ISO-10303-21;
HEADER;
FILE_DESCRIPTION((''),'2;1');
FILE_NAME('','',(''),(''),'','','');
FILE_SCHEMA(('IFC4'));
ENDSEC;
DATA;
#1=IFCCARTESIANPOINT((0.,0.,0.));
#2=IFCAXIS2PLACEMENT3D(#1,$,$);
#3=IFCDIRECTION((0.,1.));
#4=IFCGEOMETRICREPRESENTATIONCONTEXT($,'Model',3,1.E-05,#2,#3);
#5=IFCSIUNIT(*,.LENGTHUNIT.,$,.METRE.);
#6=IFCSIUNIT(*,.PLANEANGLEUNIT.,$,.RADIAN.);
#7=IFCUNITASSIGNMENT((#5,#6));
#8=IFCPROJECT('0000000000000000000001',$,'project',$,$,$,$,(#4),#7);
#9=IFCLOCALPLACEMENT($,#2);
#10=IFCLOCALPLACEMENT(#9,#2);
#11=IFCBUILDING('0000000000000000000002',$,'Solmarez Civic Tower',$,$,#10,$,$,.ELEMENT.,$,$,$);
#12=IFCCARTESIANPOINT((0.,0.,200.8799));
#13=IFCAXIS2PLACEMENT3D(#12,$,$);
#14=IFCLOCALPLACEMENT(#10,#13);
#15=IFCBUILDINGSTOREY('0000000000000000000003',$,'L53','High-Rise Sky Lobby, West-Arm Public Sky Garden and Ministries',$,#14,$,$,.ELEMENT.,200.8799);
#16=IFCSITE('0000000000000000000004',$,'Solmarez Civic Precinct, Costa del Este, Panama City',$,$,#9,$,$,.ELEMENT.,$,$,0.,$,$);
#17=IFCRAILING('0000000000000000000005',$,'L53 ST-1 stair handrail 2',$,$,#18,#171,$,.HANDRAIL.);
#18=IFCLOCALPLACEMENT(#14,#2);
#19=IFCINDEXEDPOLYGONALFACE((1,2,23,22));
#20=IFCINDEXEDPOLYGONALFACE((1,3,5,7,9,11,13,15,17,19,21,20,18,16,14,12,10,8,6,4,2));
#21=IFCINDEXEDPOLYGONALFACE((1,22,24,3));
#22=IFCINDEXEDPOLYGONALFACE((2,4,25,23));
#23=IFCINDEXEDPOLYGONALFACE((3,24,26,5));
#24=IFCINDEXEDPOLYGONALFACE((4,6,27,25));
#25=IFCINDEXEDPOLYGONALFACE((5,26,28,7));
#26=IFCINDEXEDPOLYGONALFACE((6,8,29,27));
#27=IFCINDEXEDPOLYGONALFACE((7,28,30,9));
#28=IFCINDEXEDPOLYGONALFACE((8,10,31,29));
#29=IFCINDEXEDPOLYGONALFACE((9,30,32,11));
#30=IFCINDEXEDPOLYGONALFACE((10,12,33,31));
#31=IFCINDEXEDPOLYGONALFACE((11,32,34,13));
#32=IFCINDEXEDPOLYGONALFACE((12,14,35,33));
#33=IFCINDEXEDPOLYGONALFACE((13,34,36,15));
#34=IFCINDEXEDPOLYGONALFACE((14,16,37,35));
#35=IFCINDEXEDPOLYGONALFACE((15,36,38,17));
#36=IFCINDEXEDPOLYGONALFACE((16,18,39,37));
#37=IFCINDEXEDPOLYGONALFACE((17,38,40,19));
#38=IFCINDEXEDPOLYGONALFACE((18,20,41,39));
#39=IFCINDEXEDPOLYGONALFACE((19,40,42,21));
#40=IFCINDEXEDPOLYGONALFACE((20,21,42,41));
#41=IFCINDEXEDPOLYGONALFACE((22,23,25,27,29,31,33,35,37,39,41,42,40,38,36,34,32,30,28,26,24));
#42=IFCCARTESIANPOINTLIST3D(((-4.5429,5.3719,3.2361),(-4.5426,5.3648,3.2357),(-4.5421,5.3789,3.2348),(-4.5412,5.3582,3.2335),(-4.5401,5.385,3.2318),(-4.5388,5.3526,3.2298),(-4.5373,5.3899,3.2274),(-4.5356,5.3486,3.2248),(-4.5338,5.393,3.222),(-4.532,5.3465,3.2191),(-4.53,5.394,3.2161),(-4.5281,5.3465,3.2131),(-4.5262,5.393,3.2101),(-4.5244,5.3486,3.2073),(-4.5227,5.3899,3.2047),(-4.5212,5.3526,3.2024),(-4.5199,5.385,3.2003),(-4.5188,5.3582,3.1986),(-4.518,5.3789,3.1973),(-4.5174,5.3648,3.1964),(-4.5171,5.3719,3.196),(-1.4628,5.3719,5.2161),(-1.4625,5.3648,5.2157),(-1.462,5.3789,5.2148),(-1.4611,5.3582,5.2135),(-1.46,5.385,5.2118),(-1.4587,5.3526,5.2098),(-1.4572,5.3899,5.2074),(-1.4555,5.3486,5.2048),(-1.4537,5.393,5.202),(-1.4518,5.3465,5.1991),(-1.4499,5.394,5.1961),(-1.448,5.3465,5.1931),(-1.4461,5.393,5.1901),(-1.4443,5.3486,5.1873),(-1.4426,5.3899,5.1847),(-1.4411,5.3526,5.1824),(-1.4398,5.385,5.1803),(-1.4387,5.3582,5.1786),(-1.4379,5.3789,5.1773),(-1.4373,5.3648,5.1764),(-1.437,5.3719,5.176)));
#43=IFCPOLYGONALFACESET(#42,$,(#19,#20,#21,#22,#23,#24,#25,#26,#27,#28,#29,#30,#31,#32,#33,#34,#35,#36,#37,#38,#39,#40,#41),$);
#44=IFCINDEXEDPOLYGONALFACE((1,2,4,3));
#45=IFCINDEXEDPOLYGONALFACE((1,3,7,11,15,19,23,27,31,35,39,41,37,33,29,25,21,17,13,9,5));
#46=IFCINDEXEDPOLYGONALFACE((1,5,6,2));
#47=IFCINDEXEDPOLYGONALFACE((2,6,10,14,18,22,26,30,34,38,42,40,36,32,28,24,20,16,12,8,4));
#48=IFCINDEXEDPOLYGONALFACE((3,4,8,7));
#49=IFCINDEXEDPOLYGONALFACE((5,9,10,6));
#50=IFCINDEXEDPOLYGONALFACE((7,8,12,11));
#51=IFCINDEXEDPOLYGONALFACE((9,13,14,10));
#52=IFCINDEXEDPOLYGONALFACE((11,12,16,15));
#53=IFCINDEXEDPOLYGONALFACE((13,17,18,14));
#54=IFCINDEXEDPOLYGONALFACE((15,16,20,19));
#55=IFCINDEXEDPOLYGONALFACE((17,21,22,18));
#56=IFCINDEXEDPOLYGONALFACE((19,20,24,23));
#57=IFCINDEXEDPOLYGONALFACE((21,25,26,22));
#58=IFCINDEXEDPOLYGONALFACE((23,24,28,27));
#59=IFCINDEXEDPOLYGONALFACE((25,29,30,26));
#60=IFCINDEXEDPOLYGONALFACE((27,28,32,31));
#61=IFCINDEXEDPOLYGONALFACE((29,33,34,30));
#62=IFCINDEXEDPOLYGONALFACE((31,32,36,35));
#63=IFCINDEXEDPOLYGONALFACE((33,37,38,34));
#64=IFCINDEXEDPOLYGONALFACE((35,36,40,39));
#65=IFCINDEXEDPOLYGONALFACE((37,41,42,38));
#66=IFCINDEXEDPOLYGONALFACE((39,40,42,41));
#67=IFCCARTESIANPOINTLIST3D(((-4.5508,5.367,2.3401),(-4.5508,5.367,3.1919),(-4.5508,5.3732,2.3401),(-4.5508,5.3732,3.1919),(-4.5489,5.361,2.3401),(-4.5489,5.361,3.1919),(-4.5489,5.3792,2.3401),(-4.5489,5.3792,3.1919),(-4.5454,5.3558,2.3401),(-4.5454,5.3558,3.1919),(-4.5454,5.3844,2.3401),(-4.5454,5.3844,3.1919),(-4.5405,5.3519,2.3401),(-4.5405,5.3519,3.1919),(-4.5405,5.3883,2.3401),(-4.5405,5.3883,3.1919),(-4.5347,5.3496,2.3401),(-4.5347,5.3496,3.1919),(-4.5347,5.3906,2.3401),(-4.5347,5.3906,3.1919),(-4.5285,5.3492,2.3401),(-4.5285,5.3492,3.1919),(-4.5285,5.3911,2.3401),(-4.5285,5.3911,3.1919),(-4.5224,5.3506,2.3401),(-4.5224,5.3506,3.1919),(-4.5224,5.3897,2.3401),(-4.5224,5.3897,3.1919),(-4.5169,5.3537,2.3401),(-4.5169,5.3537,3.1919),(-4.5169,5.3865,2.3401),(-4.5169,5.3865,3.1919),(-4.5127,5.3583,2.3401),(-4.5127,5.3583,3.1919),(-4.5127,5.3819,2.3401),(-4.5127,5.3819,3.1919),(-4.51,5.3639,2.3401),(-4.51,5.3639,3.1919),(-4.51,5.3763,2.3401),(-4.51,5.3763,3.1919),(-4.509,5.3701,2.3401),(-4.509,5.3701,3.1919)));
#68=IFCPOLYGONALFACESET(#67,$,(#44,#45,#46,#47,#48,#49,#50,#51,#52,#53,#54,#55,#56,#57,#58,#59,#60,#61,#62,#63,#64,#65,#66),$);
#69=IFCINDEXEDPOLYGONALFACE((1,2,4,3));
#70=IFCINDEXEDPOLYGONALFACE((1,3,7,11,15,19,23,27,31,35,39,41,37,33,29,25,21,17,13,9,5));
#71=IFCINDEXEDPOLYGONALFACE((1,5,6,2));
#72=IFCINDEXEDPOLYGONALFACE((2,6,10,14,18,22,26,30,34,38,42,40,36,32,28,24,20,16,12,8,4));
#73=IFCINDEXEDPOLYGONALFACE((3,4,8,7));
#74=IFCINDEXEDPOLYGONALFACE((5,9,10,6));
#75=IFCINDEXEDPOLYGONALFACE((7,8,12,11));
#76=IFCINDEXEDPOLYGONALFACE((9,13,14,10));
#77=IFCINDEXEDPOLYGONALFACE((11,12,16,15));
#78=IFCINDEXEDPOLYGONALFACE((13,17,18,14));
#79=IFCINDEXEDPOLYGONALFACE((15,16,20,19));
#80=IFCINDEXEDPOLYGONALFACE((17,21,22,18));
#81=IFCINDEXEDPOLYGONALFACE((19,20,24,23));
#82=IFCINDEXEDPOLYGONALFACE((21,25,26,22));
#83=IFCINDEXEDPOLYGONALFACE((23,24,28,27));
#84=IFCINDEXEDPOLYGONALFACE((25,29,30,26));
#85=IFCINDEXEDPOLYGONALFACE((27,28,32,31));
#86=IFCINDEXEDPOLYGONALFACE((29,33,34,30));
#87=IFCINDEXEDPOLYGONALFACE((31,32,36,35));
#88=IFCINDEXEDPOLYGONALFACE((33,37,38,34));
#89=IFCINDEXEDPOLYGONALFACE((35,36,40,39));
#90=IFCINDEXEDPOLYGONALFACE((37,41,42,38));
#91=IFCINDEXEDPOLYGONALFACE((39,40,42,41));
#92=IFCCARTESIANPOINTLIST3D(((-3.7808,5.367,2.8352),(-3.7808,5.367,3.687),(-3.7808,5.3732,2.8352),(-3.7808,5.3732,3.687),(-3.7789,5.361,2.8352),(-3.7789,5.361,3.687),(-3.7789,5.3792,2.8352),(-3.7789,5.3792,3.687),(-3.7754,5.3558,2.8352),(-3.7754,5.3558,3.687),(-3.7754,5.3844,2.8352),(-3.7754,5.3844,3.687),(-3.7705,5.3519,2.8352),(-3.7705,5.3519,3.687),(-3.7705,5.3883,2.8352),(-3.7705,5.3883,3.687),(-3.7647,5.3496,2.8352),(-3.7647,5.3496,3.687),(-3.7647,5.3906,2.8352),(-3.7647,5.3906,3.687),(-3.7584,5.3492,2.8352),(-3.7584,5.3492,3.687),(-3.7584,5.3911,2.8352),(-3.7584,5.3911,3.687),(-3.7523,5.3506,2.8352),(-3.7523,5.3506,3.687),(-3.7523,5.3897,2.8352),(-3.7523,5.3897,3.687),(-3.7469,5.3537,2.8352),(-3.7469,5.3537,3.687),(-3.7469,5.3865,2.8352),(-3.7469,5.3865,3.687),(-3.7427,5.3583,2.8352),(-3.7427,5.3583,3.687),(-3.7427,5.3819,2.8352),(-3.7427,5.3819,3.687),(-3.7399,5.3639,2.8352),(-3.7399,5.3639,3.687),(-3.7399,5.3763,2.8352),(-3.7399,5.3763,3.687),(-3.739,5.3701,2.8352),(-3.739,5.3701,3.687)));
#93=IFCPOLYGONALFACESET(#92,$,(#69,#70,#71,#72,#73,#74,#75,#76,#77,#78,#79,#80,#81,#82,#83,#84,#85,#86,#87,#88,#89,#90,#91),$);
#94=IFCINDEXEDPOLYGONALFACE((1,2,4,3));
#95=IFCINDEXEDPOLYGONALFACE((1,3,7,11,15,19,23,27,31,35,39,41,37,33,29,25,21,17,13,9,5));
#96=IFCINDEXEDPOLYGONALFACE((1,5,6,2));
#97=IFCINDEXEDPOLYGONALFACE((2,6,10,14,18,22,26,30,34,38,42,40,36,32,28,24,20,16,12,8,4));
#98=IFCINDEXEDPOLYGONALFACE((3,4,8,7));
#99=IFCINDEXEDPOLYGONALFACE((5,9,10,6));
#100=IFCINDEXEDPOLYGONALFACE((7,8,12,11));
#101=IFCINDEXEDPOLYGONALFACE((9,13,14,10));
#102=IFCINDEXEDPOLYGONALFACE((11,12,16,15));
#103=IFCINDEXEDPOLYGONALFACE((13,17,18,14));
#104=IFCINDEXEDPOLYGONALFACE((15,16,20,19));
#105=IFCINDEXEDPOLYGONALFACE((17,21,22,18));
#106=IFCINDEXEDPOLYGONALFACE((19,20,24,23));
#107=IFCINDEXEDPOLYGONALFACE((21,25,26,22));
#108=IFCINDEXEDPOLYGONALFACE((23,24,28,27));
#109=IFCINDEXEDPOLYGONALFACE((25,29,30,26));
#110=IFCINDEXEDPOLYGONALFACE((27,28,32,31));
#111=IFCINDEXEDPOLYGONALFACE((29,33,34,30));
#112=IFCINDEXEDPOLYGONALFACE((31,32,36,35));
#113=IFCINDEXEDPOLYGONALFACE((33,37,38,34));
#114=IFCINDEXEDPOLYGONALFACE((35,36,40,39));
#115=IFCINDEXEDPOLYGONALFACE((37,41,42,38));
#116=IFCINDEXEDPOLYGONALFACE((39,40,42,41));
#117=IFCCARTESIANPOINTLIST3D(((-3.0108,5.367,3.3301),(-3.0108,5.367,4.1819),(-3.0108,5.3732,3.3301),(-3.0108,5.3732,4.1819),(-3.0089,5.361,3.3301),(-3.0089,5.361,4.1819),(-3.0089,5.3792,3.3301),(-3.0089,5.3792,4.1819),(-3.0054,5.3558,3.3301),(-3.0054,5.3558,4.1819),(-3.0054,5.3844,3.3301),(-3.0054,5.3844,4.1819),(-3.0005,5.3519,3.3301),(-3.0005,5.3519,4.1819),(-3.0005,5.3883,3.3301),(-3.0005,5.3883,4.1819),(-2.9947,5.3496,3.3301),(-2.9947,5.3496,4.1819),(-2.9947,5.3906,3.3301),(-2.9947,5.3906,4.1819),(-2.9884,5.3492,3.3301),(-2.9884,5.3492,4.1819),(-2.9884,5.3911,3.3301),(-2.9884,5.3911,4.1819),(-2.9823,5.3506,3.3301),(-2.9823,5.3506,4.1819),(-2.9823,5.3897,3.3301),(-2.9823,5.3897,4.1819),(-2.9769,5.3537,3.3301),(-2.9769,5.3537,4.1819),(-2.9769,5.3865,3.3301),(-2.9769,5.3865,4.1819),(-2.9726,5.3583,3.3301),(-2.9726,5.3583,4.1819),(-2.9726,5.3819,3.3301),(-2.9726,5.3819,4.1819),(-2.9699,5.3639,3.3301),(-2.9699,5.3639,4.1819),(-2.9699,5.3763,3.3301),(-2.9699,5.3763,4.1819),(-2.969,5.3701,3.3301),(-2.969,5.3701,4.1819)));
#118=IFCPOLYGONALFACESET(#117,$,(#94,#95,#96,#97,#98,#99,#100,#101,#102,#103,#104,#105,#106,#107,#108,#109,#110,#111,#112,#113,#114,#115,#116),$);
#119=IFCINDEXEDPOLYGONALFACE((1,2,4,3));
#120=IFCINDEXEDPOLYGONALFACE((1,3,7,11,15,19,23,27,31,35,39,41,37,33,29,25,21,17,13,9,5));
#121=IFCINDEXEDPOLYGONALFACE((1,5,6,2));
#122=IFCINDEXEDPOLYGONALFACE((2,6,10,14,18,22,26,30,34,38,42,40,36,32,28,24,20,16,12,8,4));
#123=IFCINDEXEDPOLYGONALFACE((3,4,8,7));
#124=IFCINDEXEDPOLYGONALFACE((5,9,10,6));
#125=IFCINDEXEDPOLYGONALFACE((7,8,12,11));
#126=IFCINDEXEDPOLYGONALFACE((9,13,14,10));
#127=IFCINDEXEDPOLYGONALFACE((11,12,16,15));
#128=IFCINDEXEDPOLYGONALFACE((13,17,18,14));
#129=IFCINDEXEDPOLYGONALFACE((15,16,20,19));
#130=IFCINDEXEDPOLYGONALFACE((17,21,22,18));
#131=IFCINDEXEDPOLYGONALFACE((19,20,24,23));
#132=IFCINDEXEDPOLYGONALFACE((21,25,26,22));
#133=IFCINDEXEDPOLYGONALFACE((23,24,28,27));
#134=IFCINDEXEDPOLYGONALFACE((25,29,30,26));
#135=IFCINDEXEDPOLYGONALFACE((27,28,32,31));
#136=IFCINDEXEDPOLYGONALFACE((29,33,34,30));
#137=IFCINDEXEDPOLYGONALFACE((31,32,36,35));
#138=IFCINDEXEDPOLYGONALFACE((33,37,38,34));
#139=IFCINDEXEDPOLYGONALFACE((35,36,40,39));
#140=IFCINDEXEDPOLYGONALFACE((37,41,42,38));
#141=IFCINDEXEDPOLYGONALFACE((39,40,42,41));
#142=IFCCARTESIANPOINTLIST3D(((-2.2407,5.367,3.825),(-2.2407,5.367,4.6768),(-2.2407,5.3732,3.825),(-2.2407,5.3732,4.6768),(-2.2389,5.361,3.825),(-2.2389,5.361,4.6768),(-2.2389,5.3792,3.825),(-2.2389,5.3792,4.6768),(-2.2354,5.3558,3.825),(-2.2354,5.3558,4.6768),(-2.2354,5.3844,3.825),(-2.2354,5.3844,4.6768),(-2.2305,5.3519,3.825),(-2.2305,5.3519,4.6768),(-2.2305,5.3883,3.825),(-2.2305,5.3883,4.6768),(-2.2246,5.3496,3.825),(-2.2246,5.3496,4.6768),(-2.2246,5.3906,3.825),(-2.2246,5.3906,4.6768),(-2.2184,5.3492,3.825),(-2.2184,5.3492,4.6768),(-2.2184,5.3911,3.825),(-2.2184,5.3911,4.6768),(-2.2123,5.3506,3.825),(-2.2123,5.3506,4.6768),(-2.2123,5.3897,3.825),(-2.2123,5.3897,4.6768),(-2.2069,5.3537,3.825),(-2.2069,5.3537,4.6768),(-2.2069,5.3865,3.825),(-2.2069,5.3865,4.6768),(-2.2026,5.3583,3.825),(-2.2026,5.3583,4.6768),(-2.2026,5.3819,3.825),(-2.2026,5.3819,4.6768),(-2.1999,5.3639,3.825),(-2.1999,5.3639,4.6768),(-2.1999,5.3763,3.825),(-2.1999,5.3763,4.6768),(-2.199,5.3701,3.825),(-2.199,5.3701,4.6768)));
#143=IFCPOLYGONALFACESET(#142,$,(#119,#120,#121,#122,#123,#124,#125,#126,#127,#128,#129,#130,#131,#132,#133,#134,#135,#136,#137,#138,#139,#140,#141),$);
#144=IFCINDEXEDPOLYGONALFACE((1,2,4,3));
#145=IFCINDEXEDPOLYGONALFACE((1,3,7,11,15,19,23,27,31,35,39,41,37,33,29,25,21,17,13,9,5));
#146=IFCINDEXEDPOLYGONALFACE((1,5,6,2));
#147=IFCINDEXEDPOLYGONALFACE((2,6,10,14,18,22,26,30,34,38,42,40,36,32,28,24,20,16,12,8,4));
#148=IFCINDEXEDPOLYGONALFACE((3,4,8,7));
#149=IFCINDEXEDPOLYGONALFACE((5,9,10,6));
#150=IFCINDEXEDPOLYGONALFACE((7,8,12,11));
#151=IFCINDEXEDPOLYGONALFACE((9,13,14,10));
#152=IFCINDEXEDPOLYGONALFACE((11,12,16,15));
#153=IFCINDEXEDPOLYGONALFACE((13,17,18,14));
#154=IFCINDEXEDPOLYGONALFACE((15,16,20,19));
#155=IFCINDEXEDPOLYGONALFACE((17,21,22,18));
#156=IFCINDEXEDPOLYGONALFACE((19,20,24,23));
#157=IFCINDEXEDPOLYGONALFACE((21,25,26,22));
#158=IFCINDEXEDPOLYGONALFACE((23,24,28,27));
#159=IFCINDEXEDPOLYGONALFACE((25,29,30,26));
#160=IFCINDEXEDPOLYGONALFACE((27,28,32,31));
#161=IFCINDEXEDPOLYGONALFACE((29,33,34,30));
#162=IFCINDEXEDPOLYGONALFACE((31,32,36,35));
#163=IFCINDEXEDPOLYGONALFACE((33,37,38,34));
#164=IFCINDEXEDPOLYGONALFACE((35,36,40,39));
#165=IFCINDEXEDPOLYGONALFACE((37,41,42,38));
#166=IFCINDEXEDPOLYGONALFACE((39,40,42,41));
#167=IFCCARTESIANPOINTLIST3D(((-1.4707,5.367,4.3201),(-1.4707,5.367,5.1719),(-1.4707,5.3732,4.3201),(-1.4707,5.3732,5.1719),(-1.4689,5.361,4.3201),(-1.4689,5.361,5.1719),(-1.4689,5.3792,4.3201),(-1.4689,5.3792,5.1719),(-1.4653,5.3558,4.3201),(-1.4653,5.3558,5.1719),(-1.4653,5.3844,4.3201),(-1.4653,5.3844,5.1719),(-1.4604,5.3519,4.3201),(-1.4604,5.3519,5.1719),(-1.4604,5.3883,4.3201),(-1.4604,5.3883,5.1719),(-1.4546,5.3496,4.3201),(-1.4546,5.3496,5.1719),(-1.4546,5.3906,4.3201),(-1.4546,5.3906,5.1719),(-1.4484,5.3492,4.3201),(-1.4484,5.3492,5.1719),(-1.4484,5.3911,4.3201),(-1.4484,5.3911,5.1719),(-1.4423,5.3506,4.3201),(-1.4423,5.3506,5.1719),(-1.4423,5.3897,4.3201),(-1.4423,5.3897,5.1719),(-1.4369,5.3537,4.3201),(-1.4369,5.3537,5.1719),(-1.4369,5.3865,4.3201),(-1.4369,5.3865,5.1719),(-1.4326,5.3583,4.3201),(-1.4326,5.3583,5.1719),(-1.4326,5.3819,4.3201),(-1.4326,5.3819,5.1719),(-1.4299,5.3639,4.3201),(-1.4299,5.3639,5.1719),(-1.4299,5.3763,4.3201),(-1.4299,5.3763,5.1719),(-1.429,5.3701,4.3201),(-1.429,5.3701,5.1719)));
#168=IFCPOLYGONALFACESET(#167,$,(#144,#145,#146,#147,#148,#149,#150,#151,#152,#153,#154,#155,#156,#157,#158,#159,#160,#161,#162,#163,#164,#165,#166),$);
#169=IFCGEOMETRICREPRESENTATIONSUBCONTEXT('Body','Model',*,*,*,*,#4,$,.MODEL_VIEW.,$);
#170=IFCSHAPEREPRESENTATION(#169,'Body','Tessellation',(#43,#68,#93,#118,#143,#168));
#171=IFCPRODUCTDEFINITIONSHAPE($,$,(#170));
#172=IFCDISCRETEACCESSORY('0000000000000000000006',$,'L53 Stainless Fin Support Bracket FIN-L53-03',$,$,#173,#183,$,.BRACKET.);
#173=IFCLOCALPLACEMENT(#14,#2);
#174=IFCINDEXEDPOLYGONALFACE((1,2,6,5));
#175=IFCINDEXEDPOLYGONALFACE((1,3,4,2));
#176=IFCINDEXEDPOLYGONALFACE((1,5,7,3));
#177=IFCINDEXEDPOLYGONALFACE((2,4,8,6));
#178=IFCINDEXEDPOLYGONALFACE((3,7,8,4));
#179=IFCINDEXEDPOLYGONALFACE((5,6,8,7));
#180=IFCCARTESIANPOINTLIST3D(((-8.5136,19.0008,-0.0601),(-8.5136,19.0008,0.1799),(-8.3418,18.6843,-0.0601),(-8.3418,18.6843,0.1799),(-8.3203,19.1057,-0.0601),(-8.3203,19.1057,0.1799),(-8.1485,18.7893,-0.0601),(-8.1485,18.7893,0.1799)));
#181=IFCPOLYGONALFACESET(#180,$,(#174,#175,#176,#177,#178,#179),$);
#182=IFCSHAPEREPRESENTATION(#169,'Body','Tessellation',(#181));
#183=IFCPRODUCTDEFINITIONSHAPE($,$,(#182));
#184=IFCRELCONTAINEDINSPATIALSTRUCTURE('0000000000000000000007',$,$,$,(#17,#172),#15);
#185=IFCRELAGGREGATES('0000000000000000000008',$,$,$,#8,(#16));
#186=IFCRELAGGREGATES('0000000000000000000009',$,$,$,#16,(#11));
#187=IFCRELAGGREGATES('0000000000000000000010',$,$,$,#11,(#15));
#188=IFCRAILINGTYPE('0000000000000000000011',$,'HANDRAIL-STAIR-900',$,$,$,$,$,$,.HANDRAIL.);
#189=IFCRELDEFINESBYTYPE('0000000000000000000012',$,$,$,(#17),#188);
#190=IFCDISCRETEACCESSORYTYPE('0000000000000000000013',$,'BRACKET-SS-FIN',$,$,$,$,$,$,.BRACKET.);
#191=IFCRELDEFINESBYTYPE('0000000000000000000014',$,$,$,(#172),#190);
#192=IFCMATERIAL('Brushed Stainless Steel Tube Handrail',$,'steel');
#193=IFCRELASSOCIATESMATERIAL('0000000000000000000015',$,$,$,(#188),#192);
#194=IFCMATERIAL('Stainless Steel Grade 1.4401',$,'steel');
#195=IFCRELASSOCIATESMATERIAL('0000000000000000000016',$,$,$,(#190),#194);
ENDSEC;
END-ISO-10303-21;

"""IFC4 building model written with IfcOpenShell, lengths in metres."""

from ifc_helpers import new_model, si_unit, direction, frame, origin, origin_2d, place, context, subcontext, project, spatial, rectangle, circle, extrude, material, type_object, element, save


model = new_model("IFC4")

# Units and contexts
model_context = context("Model", 3, precision=1e-05, world=origin(), true_north=direction((0.0, 1.0)))
body_context = subcontext(model_context, "Body", "Model", "MODEL_VIEW")
ifc_project = project(units=[si_unit("LENGTHUNIT", "METRE"), si_unit("PLANEANGLEUNIT", "RADIAN")], contexts=[model_context])

# Site, building, storey
site_placement = place(None, origin())
site = spatial("IfcSite", under=ifc_project, at=site_placement, Name="Solmarez Civic Precinct, Costa del Este, Panama City", CompositionType="ELEMENT", RefElevation=0.0)
building_placement = place(site_placement, origin())
building = spatial("IfcBuilding", under=site, at=building_placement, Name="Solmarez Civic Tower", CompositionType="ELEMENT")
storey_placement = place(building_placement, frame((0.0, 0.0, 200.8799)))
storey = spatial("IfcBuildingStorey", under=building, at=storey_placement, Name="L53", Description="High-Rise Sky Lobby, West-Arm Public Sky Garden and Ministries", CompositionType="ELEMENT", Elevation=200.8799)

# Railing
ifc_material_1 = material(Name="Brushed Stainless Steel Tube Handrail", Category="steel")
railing_type_1 = type_object("IfcRailingType", Name="HANDRAIL-STAIR-900", PredefinedType="HANDRAIL", material=ifc_material_1)
railing_1_placement = place(storey_placement, frame((-4.53, 5.3701, 2.3401)))
element("IfcRailing", 1, at=railing_1_placement, inside=storey, type_object=railing_type_1, Name="L53 ST-1 stair handrail 2", PredefinedType="HANDRAIL", context=body_context, shape_type="SweptSolid", body=[
    extrude(circle(Radius=0.0239, at=origin_2d()), frame((0.0, 0.0, 0.876), z_axis=(0.841187, 0.0, 0.540744), x_axis=(0.0, 1.0, 0.0)), (0.0, 0.0, 1.0), 3.6616),
    extrude(circle(Radius=0.021, at=origin_2d()), origin(), (0.0, 0.0, 1.0), 0.8518),
    extrude(circle(Radius=0.021, at=origin_2d()), frame((0.77, 0.0, 0.4951)), (0.0, 0.0, 1.0), 0.8518),
    extrude(circle(Radius=0.021, at=origin_2d()), frame((1.54, 0.0, 0.99)), (0.0, 0.0, 1.0), 0.8518),
    extrude(circle(Radius=0.021, at=origin_2d()), frame((2.3101, 0.0, 1.4849)), (0.0, 0.0, 1.0), 0.8518),
    extrude(circle(Radius=0.021, at=origin_2d()), frame((3.0801, 0.0, 1.98)), (0.0, 0.0, 1.0), 0.8518),
])

# Discrete accessory
ifc_material_2 = material(Name="Stainless Steel Grade 1.4401", Category="steel")
discrete_accessory_type = type_object("IfcDiscreteAccessoryType", Name="BRACKET-SS-FIN", PredefinedType="BRACKET", material=ifc_material_2)
discrete_accessory_placement = place(storey_placement, frame((-8.3311, 18.895, -0.0601), z_axis=(0.0, 0.0, 1.0), x_axis=(-0.477124, 0.878836, 0.0)))
element("IfcDiscreteAccessory", 2, at=discrete_accessory_placement, inside=storey, type_object=discrete_accessory_type, Name="L53 Stainless Fin Support Bracket FIN-L53-03", PredefinedType="BRACKET", context=body_context, shape_type="SweptSolid", body=[
    extrude(rectangle(XDim=0.3601, YDim=0.22, at=origin_2d()), origin(), (0.0, 0.0, 1.0), 0.24),
])

save(model, "model.ifc")
